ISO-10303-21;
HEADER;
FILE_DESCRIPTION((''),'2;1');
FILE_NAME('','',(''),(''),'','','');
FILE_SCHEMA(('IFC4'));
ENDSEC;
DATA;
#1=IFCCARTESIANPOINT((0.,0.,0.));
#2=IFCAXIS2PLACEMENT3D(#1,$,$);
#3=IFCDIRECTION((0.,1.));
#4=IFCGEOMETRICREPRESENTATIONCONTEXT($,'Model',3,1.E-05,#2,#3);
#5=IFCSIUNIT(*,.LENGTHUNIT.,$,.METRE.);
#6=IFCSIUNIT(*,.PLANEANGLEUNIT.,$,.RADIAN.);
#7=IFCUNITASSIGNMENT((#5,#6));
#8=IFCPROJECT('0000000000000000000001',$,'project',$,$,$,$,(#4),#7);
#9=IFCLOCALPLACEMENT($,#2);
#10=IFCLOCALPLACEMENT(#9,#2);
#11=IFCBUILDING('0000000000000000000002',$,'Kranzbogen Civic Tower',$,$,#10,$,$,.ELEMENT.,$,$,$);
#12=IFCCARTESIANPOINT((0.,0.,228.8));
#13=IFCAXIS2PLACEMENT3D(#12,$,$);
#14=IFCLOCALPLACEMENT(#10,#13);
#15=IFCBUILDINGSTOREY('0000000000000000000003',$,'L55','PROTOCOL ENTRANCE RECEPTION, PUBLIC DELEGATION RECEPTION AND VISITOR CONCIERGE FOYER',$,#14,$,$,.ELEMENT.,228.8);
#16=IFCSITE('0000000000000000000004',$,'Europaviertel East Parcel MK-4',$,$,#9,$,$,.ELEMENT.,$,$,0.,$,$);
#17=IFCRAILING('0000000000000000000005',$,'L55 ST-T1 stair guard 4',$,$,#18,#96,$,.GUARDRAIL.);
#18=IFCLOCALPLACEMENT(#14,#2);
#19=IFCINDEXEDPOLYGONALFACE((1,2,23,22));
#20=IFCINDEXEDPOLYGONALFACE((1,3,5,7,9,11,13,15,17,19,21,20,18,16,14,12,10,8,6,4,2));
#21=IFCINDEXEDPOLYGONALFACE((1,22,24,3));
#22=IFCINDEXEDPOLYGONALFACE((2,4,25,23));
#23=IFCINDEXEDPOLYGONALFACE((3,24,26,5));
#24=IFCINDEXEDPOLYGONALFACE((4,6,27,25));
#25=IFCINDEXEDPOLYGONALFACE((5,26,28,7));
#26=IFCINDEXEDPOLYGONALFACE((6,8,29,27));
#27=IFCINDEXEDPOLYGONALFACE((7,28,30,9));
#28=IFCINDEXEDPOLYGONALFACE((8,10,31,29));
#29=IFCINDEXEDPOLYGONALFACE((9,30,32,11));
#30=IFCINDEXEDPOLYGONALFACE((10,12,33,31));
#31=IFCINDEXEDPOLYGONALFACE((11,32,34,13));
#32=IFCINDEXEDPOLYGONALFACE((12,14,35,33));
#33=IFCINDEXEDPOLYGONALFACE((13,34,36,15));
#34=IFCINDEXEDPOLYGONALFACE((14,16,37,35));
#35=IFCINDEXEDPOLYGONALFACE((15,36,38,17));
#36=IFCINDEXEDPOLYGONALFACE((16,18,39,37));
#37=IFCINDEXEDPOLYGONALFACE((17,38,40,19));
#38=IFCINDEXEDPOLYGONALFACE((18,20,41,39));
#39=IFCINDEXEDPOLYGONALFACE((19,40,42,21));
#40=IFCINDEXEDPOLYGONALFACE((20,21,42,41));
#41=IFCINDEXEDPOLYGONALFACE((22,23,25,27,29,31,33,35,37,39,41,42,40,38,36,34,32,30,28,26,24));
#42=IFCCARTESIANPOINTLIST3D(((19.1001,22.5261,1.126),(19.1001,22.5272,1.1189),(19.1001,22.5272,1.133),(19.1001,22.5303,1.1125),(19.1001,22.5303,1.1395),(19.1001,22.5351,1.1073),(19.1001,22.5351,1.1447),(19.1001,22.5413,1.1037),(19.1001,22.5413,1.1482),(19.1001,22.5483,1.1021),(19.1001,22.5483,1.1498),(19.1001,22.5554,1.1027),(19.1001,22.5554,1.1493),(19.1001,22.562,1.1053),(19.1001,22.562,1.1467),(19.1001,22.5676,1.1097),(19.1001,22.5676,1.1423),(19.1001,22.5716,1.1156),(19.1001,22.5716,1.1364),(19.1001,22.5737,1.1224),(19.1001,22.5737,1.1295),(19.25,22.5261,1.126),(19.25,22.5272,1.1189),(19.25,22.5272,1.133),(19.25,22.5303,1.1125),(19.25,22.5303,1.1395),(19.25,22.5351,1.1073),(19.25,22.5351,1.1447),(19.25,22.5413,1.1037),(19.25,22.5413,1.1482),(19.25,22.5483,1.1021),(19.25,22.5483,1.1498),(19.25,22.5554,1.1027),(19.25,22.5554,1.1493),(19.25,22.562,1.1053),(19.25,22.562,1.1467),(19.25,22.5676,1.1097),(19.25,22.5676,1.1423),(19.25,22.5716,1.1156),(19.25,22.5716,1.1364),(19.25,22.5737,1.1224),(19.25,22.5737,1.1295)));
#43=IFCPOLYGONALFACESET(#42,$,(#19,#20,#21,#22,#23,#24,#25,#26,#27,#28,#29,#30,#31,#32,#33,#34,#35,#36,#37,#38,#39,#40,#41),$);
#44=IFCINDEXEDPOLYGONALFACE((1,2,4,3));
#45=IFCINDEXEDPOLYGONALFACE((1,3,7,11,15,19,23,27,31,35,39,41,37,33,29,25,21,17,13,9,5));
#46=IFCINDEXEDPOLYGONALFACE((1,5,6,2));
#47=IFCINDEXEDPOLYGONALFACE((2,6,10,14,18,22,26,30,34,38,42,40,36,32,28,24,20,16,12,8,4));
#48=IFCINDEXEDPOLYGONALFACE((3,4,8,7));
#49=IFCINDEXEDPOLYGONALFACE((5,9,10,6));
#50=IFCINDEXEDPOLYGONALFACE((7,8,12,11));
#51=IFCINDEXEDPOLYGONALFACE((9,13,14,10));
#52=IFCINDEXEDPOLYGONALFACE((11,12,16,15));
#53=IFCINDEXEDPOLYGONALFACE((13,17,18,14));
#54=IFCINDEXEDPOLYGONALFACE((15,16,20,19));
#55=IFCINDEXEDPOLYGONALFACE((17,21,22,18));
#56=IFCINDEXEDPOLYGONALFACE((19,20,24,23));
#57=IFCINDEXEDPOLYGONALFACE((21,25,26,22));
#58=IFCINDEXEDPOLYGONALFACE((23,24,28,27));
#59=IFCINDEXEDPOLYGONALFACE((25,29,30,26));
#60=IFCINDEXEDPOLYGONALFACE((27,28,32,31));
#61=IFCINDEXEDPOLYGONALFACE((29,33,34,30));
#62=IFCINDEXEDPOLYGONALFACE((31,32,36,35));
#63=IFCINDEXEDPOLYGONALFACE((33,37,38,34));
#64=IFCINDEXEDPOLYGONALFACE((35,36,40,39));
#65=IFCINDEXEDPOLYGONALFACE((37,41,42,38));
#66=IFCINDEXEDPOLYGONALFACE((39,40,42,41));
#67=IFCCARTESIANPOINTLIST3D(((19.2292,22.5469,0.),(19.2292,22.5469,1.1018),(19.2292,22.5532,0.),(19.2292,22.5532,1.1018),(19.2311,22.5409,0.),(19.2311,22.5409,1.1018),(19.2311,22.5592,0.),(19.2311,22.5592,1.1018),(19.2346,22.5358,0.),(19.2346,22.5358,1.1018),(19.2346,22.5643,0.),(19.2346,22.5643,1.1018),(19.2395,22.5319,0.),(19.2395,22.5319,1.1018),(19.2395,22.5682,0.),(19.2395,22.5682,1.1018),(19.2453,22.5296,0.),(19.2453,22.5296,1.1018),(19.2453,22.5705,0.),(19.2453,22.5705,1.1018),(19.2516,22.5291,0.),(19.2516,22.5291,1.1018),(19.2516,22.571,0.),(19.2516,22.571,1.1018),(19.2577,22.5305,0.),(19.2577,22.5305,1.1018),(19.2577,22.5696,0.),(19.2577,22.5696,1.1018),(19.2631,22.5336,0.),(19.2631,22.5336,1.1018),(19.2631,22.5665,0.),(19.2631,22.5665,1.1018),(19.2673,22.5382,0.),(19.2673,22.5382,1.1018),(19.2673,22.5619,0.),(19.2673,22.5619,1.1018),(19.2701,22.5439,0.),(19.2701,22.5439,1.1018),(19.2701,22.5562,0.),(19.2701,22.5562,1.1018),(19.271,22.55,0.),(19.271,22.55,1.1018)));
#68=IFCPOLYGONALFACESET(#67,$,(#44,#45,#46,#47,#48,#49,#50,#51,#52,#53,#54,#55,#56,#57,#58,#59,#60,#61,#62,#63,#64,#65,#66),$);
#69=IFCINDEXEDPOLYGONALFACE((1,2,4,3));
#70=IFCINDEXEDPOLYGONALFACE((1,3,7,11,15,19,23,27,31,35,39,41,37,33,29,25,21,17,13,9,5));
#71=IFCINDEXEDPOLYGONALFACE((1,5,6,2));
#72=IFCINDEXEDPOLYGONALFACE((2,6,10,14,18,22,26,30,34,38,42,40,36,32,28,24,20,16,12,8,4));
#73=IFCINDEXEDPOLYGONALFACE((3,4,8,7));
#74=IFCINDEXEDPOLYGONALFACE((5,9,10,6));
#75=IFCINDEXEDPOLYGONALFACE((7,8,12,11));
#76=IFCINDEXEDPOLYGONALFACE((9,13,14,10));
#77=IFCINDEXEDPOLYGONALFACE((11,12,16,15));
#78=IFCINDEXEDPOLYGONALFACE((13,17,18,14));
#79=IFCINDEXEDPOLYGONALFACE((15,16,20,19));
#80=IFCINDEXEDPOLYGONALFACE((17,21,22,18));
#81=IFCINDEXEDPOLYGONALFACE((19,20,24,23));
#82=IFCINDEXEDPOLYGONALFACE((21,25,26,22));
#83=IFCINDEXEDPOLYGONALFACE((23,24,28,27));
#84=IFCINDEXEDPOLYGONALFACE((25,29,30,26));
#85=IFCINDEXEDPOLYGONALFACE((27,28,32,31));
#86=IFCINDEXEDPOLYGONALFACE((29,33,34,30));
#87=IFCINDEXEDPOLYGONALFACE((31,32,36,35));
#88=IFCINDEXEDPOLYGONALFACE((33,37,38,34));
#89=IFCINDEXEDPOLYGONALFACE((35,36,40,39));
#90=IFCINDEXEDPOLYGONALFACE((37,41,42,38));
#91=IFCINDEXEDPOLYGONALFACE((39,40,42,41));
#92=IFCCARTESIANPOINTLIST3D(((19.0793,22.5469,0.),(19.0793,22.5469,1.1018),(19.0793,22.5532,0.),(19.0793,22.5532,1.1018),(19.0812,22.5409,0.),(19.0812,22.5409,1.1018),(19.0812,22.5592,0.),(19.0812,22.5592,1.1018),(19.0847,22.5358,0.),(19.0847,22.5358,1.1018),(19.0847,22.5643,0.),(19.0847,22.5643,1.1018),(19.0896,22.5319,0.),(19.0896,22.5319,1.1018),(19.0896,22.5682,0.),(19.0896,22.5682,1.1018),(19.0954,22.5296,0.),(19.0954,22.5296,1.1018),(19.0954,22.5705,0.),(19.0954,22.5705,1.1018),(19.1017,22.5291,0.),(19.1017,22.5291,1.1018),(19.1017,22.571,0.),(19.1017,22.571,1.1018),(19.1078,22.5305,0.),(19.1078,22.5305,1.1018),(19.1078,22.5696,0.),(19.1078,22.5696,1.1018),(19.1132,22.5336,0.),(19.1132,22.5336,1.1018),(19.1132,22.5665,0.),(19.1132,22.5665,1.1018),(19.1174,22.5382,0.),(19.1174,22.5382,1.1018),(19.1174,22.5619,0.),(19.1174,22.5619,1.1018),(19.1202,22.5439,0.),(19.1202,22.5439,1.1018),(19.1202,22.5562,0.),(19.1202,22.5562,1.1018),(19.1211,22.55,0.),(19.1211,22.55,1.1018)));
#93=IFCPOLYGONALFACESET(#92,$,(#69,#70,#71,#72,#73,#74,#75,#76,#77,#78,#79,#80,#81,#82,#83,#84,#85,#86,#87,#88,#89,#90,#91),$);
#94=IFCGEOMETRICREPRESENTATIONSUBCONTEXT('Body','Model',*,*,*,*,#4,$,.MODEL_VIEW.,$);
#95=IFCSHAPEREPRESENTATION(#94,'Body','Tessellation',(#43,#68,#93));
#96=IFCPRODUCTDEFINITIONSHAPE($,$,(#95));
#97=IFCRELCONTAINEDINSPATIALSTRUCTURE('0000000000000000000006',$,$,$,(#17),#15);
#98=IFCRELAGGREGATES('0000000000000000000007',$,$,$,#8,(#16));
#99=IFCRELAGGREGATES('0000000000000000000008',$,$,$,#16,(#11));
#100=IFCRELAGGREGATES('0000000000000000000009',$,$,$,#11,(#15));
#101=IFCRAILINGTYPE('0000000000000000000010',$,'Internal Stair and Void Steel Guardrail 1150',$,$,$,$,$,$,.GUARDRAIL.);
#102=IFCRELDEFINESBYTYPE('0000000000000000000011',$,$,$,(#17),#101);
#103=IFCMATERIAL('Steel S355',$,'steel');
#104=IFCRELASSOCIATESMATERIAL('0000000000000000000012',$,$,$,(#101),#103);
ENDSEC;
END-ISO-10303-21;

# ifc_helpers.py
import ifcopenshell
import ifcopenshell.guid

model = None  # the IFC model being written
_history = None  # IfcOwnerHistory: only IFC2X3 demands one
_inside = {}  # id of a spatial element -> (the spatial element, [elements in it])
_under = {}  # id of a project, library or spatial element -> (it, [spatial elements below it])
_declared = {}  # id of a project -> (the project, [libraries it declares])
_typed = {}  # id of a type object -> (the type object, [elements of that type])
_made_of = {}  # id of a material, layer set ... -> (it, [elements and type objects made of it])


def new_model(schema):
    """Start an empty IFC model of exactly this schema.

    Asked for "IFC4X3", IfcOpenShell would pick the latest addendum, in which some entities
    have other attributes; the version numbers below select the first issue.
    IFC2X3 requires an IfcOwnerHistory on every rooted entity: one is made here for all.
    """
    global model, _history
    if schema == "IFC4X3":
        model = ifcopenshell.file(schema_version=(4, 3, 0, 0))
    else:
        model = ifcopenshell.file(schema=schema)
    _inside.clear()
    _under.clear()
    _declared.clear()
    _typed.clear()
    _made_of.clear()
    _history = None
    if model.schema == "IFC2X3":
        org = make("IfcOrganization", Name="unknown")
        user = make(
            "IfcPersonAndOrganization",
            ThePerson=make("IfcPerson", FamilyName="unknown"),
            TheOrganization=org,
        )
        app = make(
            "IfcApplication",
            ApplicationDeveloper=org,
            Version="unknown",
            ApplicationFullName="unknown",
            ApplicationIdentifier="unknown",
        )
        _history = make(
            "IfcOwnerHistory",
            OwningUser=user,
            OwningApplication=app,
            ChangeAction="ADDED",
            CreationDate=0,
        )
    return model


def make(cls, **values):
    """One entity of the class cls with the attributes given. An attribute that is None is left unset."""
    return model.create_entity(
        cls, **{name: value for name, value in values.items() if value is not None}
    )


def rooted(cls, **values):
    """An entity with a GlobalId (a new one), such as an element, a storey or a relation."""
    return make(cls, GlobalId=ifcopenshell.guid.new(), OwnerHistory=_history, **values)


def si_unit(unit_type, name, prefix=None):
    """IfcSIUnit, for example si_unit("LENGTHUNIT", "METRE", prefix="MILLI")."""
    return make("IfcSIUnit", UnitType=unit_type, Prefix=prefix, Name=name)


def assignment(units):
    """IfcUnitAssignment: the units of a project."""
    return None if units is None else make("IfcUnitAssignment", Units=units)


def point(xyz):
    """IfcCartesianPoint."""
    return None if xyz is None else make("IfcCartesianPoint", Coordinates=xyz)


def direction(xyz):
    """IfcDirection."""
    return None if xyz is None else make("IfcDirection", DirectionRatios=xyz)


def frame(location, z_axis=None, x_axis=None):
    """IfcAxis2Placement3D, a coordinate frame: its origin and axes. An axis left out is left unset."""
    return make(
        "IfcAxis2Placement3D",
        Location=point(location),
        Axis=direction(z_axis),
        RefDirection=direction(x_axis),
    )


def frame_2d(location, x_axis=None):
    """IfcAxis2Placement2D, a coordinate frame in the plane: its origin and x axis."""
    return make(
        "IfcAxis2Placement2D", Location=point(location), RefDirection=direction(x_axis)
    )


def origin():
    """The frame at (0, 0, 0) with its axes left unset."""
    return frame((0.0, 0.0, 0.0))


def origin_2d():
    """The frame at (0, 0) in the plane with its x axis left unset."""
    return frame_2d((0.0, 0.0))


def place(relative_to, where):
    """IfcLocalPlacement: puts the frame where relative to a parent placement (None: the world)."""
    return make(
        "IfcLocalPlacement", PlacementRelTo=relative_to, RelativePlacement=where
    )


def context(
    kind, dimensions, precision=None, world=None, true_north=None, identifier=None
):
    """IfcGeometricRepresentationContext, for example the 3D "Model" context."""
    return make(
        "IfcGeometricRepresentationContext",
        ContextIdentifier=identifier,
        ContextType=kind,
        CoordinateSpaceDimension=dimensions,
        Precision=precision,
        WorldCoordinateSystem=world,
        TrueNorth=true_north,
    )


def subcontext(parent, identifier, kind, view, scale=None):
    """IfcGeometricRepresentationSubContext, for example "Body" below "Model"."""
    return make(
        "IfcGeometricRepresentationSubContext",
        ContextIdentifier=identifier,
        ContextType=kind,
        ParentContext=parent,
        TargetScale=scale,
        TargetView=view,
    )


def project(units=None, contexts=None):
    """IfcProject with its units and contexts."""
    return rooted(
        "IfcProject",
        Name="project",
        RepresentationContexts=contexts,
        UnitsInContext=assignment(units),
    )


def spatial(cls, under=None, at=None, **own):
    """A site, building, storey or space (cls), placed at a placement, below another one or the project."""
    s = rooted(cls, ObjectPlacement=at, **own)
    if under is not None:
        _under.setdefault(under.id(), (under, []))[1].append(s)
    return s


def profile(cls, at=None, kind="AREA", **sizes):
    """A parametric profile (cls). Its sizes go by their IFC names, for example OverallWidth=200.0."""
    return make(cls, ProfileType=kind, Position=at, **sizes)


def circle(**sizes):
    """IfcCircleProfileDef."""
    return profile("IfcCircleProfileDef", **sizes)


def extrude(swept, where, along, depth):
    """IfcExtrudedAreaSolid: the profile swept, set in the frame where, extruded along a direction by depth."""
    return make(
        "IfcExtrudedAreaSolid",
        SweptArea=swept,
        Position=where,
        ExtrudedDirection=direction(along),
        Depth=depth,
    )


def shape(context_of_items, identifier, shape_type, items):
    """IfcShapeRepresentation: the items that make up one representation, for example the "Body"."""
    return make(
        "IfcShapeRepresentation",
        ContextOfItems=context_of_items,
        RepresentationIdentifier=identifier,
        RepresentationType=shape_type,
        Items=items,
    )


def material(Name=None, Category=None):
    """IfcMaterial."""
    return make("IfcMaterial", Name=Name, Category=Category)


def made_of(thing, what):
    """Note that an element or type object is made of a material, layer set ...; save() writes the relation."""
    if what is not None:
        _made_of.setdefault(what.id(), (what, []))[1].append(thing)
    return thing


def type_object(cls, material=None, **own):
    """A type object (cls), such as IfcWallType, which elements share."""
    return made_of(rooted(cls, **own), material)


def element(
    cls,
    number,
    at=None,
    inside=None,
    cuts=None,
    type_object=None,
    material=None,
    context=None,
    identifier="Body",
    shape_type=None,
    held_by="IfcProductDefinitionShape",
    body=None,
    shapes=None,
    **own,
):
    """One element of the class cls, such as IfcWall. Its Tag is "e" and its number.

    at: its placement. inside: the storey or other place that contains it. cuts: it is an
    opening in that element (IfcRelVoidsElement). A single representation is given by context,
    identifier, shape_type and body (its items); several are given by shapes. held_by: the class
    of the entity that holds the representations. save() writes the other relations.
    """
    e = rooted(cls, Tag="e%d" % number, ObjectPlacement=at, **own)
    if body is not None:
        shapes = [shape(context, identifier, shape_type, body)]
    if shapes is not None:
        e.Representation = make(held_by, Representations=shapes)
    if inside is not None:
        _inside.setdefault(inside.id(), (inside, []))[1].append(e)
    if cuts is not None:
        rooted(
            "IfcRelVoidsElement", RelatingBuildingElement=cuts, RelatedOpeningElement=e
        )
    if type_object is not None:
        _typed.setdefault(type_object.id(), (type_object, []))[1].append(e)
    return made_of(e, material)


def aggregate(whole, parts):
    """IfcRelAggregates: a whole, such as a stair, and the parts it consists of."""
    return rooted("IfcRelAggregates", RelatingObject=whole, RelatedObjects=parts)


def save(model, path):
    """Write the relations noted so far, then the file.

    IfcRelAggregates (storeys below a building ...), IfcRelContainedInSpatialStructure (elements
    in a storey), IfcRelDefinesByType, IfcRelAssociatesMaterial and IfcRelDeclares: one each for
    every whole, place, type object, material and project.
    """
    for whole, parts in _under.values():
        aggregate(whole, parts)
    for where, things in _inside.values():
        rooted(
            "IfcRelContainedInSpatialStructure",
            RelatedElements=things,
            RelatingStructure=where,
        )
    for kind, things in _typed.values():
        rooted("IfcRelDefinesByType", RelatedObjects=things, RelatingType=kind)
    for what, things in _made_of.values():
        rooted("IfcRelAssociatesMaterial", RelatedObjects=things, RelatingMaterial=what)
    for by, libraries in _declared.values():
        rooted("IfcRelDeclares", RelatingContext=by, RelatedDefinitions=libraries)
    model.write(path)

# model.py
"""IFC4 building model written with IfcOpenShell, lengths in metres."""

from ifc_helpers import new_model, si_unit, direction, frame, origin, origin_2d, place, context, subcontext, project, spatial, circle, extrude, material, type_object, element, save


model = new_model("IFC4")

# Units and contexts
model_context = context("Model", 3, precision=1e-05, world=origin(), true_north=direction((0.0, 1.0)))
body_context = subcontext(model_context, "Body", "Model", "MODEL_VIEW")
ifc_project = project(units=[si_unit("LENGTHUNIT", "METRE"), si_unit("PLANEANGLEUNIT", "RADIAN")], contexts=[model_context])

# Site, building, storey
site_placement = place(None, origin())
site = spatial("IfcSite", under=ifc_project, at=site_placement, Name="Europaviertel East Parcel MK-4", CompositionType="ELEMENT", RefElevation=0.0)
building_placement = place(site_placement, origin())
building = spatial("IfcBuilding", under=site, at=building_placement, Name="Kranzbogen Civic Tower", CompositionType="ELEMENT")
storey_placement = place(building_placement, frame((0.0, 0.0, 228.8)))
storey = spatial("IfcBuildingStorey", under=building, at=storey_placement, Name="L55", Description="PROTOCOL ENTRANCE RECEPTION, PUBLIC DELEGATION RECEPTION AND VISITOR CONCIERGE FOYER", CompositionType="ELEMENT", Elevation=228.8)

# Shared definitions
ifc_material_1 = material(Name="Steel S355", Category="steel")

# Railing
railing_type_1 = type_object("IfcRailingType", Name="Internal Stair and Void Steel Guardrail 1150", PredefinedType="GUARDRAIL", material=ifc_material_1)
railing_1_placement = place(storey_placement, frame((19.25, 22.55, 0.0)))
element("IfcRailing", 1, at=railing_1_placement, inside=storey, type_object=railing_type_1, Name="L55 ST-T1 stair guard 4", PredefinedType="GUARDRAIL", context=body_context, shape_type="SweptSolid", body=[
    extrude(circle(Radius=0.0239, at=origin_2d()), frame((0.0, 0.0, 1.126), z_axis=(-1.0, 0.0, 0.0), x_axis=(0.0, -1.0, 0.0)), (0.0, 0.0, 1.0), 0.1499),
    extrude(circle(Radius=0.021, at=origin_2d()), origin(), (0.0, 0.0, 1.0), 1.1018),
    extrude(circle(Radius=0.021, at=origin_2d()), frame((-0.1499, 0.0, 0.0)), (0.0, 0.0, 1.0), 1.1018),
])

save(model, "model.ifc")
